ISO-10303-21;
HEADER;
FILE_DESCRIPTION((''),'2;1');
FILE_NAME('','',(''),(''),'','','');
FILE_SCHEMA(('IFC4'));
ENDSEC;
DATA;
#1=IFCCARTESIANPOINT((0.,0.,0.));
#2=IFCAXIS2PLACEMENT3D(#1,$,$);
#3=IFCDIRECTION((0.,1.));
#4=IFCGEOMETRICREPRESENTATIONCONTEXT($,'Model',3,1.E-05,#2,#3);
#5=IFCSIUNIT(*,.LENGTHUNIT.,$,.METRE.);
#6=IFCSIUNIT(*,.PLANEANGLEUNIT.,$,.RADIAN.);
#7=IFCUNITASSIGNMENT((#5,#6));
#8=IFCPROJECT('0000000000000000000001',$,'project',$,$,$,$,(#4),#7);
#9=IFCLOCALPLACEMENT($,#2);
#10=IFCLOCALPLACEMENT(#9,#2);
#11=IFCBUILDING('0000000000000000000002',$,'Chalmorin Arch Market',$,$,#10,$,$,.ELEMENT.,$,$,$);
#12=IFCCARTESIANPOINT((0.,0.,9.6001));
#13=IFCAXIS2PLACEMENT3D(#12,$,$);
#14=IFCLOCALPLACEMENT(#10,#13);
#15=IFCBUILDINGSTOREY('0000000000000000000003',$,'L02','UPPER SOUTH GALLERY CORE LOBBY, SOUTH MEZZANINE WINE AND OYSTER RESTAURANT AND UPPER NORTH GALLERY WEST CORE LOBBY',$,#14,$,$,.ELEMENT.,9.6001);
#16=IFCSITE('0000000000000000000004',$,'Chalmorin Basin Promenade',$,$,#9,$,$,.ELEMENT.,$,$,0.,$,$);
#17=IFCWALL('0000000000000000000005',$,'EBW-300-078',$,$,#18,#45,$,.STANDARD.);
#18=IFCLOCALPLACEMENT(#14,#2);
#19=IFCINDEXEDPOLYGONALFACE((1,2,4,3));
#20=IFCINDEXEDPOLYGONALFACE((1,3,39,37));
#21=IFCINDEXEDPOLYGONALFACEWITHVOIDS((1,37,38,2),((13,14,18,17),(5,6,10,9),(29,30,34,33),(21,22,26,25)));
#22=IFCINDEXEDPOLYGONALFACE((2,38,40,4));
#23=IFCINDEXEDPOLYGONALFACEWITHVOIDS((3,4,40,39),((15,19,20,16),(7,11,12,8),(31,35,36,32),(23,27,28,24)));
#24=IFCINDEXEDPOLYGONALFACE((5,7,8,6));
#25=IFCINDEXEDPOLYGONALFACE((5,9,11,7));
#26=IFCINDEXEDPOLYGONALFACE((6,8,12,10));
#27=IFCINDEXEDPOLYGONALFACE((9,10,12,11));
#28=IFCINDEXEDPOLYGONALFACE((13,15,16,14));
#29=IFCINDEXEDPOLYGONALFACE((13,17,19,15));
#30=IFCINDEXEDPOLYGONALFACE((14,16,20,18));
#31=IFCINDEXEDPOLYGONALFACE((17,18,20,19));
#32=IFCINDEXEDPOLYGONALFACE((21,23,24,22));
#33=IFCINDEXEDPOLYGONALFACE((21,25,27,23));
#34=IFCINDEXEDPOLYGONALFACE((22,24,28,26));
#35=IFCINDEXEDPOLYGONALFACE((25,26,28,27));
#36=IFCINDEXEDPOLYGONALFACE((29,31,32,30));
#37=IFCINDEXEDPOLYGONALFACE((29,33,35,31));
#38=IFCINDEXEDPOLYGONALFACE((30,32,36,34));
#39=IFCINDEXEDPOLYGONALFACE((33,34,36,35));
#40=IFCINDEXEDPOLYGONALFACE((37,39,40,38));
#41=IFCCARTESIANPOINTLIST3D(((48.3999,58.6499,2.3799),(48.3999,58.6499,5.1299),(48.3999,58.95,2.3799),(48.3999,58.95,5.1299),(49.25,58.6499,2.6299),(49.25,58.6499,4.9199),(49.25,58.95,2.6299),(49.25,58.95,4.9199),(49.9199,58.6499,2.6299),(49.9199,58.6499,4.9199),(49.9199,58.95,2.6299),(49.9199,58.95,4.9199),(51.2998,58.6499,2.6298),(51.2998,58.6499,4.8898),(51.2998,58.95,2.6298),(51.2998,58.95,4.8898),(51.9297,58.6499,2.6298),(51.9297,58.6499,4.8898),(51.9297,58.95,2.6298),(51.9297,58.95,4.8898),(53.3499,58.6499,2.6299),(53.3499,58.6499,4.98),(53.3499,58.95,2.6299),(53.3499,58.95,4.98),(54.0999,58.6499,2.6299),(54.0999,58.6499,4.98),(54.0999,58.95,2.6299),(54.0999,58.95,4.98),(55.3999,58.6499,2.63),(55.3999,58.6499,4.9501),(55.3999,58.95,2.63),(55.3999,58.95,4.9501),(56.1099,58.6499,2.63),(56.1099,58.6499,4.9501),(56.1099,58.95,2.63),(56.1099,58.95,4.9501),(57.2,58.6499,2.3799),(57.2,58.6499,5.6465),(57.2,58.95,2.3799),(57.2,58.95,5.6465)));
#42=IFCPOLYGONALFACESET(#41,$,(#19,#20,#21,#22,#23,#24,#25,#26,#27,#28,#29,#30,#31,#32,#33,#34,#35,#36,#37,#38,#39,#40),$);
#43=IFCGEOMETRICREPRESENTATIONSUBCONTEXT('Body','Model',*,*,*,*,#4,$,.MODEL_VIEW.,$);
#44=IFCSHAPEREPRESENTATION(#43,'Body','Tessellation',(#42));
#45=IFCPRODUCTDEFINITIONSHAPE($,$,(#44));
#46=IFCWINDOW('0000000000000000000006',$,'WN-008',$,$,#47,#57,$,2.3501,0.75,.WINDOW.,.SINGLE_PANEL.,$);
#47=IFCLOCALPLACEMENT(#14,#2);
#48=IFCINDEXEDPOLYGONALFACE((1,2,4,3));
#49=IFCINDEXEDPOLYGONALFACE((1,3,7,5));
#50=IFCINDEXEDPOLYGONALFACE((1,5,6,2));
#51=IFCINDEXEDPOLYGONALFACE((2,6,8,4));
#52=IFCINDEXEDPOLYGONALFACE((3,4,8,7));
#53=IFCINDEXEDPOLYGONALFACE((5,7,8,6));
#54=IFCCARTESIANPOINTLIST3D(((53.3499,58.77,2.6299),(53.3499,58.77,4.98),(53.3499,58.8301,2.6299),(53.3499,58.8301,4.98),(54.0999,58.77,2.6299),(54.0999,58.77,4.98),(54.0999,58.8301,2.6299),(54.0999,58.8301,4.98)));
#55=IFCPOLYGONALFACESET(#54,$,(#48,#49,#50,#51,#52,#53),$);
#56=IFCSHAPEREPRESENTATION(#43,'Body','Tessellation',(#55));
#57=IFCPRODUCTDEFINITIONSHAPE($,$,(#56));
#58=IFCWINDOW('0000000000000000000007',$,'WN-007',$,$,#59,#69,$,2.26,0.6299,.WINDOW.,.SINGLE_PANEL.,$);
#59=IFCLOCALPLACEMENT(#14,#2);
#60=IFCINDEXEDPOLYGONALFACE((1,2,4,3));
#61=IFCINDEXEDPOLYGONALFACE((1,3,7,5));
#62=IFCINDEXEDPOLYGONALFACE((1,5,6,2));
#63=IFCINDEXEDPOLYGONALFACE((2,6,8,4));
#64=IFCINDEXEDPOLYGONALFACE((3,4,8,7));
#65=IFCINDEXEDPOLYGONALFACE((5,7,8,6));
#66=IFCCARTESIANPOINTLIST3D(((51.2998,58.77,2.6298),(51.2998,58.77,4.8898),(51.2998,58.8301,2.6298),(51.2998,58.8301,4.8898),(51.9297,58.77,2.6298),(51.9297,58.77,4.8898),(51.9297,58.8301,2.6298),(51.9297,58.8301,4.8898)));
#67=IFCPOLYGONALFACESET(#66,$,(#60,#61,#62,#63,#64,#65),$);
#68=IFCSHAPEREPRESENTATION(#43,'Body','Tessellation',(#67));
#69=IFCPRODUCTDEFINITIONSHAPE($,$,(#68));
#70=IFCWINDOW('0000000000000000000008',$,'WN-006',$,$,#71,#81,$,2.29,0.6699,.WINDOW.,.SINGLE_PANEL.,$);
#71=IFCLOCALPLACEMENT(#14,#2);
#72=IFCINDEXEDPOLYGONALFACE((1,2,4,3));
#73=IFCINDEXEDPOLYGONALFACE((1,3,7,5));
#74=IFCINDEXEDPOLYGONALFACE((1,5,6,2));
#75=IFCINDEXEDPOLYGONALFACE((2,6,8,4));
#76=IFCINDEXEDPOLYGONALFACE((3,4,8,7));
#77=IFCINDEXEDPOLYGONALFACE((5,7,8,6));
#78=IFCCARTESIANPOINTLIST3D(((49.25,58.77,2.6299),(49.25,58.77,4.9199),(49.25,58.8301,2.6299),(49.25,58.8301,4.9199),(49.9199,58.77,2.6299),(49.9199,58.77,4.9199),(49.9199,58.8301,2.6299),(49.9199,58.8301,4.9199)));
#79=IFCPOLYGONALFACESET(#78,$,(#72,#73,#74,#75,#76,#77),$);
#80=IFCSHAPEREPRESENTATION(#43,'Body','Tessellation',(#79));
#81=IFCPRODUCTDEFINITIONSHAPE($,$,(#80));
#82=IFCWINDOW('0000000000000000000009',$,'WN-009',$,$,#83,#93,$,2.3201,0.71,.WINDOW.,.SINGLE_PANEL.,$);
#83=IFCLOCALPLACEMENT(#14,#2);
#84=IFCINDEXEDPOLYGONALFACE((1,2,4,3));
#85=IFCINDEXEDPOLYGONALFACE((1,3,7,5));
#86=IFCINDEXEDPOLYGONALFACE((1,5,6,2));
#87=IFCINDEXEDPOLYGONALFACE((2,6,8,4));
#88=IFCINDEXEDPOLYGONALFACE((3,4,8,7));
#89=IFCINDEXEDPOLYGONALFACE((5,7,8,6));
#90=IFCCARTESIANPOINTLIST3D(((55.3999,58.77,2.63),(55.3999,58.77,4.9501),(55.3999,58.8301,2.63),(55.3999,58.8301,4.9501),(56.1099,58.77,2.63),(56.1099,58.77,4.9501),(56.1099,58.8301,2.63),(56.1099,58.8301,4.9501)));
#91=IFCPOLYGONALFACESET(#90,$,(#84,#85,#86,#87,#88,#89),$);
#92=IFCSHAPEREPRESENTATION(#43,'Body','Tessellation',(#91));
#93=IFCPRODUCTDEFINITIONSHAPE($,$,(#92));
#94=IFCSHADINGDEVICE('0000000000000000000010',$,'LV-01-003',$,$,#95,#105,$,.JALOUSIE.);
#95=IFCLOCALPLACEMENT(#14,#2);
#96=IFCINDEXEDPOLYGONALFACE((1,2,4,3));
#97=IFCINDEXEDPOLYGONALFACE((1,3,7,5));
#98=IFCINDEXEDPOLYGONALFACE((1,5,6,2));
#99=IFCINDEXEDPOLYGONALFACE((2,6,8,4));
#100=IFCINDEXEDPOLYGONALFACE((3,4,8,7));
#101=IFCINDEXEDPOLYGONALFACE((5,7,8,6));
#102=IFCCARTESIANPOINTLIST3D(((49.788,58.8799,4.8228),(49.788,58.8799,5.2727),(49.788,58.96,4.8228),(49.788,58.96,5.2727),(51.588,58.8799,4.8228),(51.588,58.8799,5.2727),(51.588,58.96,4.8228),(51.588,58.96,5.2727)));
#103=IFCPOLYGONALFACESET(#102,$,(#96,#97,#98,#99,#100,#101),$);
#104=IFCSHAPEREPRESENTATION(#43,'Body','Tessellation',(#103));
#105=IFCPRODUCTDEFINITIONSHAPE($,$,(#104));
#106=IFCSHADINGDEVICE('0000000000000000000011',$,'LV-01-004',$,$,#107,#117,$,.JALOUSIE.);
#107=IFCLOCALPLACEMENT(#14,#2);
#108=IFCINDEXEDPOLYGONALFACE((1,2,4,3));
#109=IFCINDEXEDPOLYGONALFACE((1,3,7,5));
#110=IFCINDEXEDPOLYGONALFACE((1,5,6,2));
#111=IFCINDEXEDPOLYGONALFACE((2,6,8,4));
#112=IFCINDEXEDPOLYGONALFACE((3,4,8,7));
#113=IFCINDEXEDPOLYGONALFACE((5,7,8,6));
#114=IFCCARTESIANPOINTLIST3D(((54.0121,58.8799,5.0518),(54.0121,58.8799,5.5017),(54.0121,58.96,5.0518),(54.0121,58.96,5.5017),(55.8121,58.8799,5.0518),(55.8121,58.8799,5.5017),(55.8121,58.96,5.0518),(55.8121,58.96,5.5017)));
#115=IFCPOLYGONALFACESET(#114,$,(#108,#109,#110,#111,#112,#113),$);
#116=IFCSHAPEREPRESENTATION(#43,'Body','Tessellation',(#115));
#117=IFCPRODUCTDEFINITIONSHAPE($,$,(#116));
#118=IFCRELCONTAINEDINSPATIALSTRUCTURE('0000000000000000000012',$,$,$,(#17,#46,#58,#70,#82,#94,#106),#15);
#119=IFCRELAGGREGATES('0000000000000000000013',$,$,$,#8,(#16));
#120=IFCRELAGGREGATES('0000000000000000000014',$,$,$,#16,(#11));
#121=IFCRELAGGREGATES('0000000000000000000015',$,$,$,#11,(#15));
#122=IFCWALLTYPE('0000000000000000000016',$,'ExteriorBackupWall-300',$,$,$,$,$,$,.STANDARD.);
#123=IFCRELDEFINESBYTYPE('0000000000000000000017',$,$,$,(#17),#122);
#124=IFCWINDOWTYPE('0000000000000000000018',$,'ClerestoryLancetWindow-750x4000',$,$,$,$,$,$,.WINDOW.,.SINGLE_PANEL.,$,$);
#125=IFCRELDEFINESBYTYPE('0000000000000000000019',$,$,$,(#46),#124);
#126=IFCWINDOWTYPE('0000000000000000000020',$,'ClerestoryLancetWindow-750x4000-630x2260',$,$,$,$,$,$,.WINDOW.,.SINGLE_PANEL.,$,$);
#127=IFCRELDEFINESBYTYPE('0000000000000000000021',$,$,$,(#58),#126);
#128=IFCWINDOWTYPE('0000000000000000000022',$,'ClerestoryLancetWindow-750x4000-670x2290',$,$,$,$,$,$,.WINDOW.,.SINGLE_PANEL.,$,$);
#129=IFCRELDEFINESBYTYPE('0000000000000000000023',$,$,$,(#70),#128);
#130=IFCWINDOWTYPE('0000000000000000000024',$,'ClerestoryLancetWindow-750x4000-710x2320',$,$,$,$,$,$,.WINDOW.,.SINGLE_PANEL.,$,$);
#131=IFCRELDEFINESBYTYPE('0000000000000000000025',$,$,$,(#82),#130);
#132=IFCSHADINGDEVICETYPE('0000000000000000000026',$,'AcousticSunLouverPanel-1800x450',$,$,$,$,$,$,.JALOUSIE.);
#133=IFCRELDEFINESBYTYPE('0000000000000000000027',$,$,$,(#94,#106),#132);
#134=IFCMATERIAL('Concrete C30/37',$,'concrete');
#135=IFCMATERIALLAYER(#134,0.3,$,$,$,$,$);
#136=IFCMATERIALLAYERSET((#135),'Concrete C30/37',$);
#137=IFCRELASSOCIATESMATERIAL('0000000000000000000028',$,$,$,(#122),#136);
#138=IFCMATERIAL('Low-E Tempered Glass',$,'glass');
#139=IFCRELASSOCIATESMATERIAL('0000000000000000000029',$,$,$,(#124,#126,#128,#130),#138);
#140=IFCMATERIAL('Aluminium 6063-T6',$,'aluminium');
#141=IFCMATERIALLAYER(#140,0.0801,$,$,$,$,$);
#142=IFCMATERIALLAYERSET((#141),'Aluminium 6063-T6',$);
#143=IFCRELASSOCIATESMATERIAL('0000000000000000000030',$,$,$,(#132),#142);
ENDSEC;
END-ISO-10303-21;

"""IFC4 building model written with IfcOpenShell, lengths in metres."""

from ifc_helpers import new_model, si_unit, direction, frame, frame_2d, origin, origin_2d, place, context, subcontext, project, spatial, polyline, rectangle, outline, extrude, material, layer, layer_set, type_object, element, fill, save


model = new_model("IFC4")

# Units and contexts
model_context = context("Model", 3, precision=1e-05, world=origin(), true_north=direction((0.0, 1.0)))
body_context = subcontext(model_context, "Body", "Model", "MODEL_VIEW")
ifc_project = project(units=[si_unit("LENGTHUNIT", "METRE"), si_unit("PLANEANGLEUNIT", "RADIAN")], contexts=[model_context])

# Site, building, storey
site_placement = place(None, origin())
site = spatial("IfcSite", under=ifc_project, at=site_placement, Name="Chalmorin Basin Promenade", CompositionType="ELEMENT", RefElevation=0.0)
building_placement = place(site_placement, origin())
building = spatial("IfcBuilding", under=site, at=building_placement, Name="Chalmorin Arch Market", CompositionType="ELEMENT")
storey_placement = place(building_placement, frame((0.0, 0.0, 9.6001)))
storey = spatial("IfcBuildingStorey", under=building, at=storey_placement, Name="L02", Description="UPPER SOUTH GALLERY CORE LOBBY, SOUTH MEZZANINE WINE AND OYSTER RESTAURANT AND UPPER NORTH GALLERY WEST CORE LOBBY", CompositionType="ELEMENT", Elevation=9.6001)

# Shared definitions
ifc_material_1 = material(Name="Aluminium 6063-T6", Category="aluminium")

# Shared definitions
ifc_material_2 = material(Name="Low-E Tempered Glass", Category="glass")

# Shared definitions
ifc_material_3 = material(Name="Concrete C30/37", Category="concrete")
ifc_layer_1 = layer(ifc_material_3, 0.3)
ifc_layer_set_1 = layer_set([ifc_layer_1], Name="Concrete C30/37")
wall_type = type_object("IfcWallType", Name="ExteriorBackupWall-300", PredefinedType="STANDARD", material=ifc_layer_set_1)

# Wall, openings, windows
wall_1_placement = place(storey_placement, frame((48.3999, 58.8, 2.3799), z_axis=(0.0, 0.0, 1.0), x_axis=(1.0, 0.0, 0.0)))
wall_1 = element("IfcWall", 1, at=wall_1_placement, inside=storey, type_object=wall_type, Name="EBW-300-078", PredefinedType="STANDARD", context=body_context, shape_type="SweptSolid", body=[
    extrude(outline(polyline([(0.0, 0.0), (8.8, 0.0), (8.8, 3.2666), (0.0, 2.75), (0.0, 0.0)])), frame((0.0, 0.1499, 0.0), z_axis=(0.0, -1.0, 0.0), x_axis=(1.0, 0.0, 0.0)), (0.0, 0.0, 1.0), 0.3),
])
opening_1_placement = place(wall_1_placement, frame((0.8501, 0.0, 0.25)))
opening_1 = element("IfcOpeningElement", 2, at=opening_1_placement, cuts=wall_1, PredefinedType="OPENING", context=body_context, shape_type="SweptSolid", body=[
    extrude(rectangle(XDim=0.6699, YDim=2.29, at=frame_2d((0.335, 1.145))), frame((0.0, 0.1599, 0.0), z_axis=(0.0, -1.0, 0.0), x_axis=(1.0, 0.0, 0.0)), (0.0, 0.0, 1.0), 0.3201),
])
opening_2_placement = place(wall_1_placement, frame((2.8999, 0.0, 0.25)))
opening_2 = element("IfcOpeningElement", 3, at=opening_2_placement, cuts=wall_1, PredefinedType="OPENING", context=body_context, shape_type="SweptSolid", body=[
    extrude(rectangle(XDim=0.6299, YDim=2.26, at=frame_2d((0.3149, 1.1299))), frame((0.0, 0.1599, 0.0), z_axis=(0.0, -1.0, 0.0), x_axis=(1.0, 0.0, 0.0)), (0.0, 0.0, 1.0), 0.3201),
])
opening_3_placement = place(wall_1_placement, frame((4.95, 0.0, 0.25)))
opening_3 = element("IfcOpeningElement", 4, at=opening_3_placement, cuts=wall_1, PredefinedType="OPENING", context=body_context, shape_type="SweptSolid", body=[
    extrude(rectangle(XDim=0.75, YDim=2.3501, at=frame_2d((0.375, 1.175))), frame((0.0, 0.1599, 0.0), z_axis=(0.0, -1.0, 0.0), x_axis=(1.0, 0.0, 0.0)), (0.0, 0.0, 1.0), 0.3201),
])
opening_4_placement = place(wall_1_placement, frame((7.0, 0.0, 0.25)))
opening_4 = element("IfcOpeningElement", 5, at=opening_4_placement, cuts=wall_1, PredefinedType="OPENING", context=body_context, shape_type="SweptSolid", body=[
    extrude(rectangle(XDim=0.71, YDim=2.3201, at=frame_2d((0.355, 1.1602))), frame((0.0, 0.1599, 0.0), z_axis=(0.0, -1.0, 0.0), x_axis=(1.0, 0.0, 0.0)), (0.0, 0.0, 1.0), 0.3201),
])
window_type_1 = type_object("IfcWindowType", Name="ClerestoryLancetWindow-750x4000", PartitioningType="SINGLE_PANEL", PredefinedType="WINDOW", material=ifc_material_2)
window_1_placement = place(opening_3_placement, origin())
window_1 = element("IfcWindow", 6, at=window_1_placement, inside=storey, type_object=window_type_1, Name="WN-008", OverallHeight=2.3501, OverallWidth=0.75, PartitioningType="SINGLE_PANEL", PredefinedType="WINDOW", context=body_context, shape_type="SweptSolid", body=[
    extrude(rectangle(XDim=0.75, YDim=2.3501, at=frame_2d((0.375, 1.175))), frame((0.0, 0.03, 0.0), z_axis=(0.0, -1.0, 0.0), x_axis=(1.0, 0.0, 0.0)), (0.0, 0.0, 1.0), 0.0601),
])
fill(opening_3, window_1)
window_type_2 = type_object("IfcWindowType", Name="ClerestoryLancetWindow-750x4000-630x2260", PartitioningType="SINGLE_PANEL", PredefinedType="WINDOW", material=ifc_material_2)
window_2_placement = place(opening_2_placement, origin())
window_2 = element("IfcWindow", 7, at=window_2_placement, inside=storey, type_object=window_type_2, Name="WN-007", OverallHeight=2.26, OverallWidth=0.6299, PartitioningType="SINGLE_PANEL", PredefinedType="WINDOW", context=body_context, shape_type="SweptSolid", body=[
    extrude(rectangle(XDim=0.6299, YDim=2.26, at=frame_2d((0.3149, 1.1299))), frame((0.0, 0.03, 0.0), z_axis=(0.0, -1.0, 0.0), x_axis=(1.0, 0.0, 0.0)), (0.0, 0.0, 1.0), 0.0601),
])
fill(opening_2, window_2)
window_type_3 = type_object("IfcWindowType", Name="ClerestoryLancetWindow-750x4000-670x2290", PartitioningType="SINGLE_PANEL", PredefinedType="WINDOW", material=ifc_material_2)
window_3_placement = place(opening_1_placement, origin())
window_3 = element("IfcWindow", 8, at=window_3_placement, inside=storey, type_object=window_type_3, Name="WN-006", OverallHeight=2.29, OverallWidth=0.6699, PartitioningType="SINGLE_PANEL", PredefinedType="WINDOW", context=body_context, shape_type="SweptSolid", body=[
    extrude(rectangle(XDim=0.6699, YDim=2.29, at=frame_2d((0.335, 1.145))), frame((0.0, 0.03, 0.0), z_axis=(0.0, -1.0, 0.0), x_axis=(1.0, 0.0, 0.0)), (0.0, 0.0, 1.0), 0.0601),
])
fill(opening_1, window_3)
window_type_4 = type_object("IfcWindowType", Name="ClerestoryLancetWindow-750x4000-710x2320", PartitioningType="SINGLE_PANEL", PredefinedType="WINDOW", material=ifc_material_2)
window_4_placement = place(opening_4_placement, origin())
window_4 = element("IfcWindow", 9, at=window_4_placement, inside=storey, type_object=window_type_4, Name="WN-009", OverallHeight=2.3201, OverallWidth=0.71, PartitioningType="SINGLE_PANEL", PredefinedType="WINDOW", context=body_context, shape_type="SweptSolid", body=[
    extrude(rectangle(XDim=0.71, YDim=2.3201, at=frame_2d((0.355, 1.1602))), frame((0.0, 0.03, 0.0), z_axis=(0.0, -1.0, 0.0), x_axis=(1.0, 0.0, 0.0)), (0.0, 0.0, 1.0), 0.0601),
])
fill(opening_4, window_4)

# Shading devices
ifc_layer_2 = layer(ifc_material_1, 0.0801)
ifc_layer_set_2 = layer_set([ifc_layer_2], Name="Aluminium 6063-T6")
shading_device_type = type_object("IfcShadingDeviceType", Name="AcousticSunLouverPanel-1800x450", PredefinedType="JALOUSIE", material=ifc_layer_set_2)
for number, where, z_axis, x_axis, name in (
    (10, (50.688, 58.9199, 4.8228), (0.0, 0.0, 1.0), (1.0, 0.0, 0.0), "LV-01-003"),
    (11, (54.9121, 58.9199, 5.0518), (0.0, 0.0, 1.0), (1.0, 0.0, 0.0), "LV-01-004"),
):
    element("IfcShadingDevice", number, at=place(storey_placement, frame(where, z_axis=z_axis, x_axis=x_axis)), inside=storey, type_object=shading_device_type, Name=name, PredefinedType="JALOUSIE", context=body_context, shape_type="SweptSolid", body=[
        extrude(rectangle(XDim=1.8, YDim=0.0801, at=origin_2d()), origin(), (0.0, 0.0, 1.0), 0.45),
    ])

save(model, "model.ifc")
